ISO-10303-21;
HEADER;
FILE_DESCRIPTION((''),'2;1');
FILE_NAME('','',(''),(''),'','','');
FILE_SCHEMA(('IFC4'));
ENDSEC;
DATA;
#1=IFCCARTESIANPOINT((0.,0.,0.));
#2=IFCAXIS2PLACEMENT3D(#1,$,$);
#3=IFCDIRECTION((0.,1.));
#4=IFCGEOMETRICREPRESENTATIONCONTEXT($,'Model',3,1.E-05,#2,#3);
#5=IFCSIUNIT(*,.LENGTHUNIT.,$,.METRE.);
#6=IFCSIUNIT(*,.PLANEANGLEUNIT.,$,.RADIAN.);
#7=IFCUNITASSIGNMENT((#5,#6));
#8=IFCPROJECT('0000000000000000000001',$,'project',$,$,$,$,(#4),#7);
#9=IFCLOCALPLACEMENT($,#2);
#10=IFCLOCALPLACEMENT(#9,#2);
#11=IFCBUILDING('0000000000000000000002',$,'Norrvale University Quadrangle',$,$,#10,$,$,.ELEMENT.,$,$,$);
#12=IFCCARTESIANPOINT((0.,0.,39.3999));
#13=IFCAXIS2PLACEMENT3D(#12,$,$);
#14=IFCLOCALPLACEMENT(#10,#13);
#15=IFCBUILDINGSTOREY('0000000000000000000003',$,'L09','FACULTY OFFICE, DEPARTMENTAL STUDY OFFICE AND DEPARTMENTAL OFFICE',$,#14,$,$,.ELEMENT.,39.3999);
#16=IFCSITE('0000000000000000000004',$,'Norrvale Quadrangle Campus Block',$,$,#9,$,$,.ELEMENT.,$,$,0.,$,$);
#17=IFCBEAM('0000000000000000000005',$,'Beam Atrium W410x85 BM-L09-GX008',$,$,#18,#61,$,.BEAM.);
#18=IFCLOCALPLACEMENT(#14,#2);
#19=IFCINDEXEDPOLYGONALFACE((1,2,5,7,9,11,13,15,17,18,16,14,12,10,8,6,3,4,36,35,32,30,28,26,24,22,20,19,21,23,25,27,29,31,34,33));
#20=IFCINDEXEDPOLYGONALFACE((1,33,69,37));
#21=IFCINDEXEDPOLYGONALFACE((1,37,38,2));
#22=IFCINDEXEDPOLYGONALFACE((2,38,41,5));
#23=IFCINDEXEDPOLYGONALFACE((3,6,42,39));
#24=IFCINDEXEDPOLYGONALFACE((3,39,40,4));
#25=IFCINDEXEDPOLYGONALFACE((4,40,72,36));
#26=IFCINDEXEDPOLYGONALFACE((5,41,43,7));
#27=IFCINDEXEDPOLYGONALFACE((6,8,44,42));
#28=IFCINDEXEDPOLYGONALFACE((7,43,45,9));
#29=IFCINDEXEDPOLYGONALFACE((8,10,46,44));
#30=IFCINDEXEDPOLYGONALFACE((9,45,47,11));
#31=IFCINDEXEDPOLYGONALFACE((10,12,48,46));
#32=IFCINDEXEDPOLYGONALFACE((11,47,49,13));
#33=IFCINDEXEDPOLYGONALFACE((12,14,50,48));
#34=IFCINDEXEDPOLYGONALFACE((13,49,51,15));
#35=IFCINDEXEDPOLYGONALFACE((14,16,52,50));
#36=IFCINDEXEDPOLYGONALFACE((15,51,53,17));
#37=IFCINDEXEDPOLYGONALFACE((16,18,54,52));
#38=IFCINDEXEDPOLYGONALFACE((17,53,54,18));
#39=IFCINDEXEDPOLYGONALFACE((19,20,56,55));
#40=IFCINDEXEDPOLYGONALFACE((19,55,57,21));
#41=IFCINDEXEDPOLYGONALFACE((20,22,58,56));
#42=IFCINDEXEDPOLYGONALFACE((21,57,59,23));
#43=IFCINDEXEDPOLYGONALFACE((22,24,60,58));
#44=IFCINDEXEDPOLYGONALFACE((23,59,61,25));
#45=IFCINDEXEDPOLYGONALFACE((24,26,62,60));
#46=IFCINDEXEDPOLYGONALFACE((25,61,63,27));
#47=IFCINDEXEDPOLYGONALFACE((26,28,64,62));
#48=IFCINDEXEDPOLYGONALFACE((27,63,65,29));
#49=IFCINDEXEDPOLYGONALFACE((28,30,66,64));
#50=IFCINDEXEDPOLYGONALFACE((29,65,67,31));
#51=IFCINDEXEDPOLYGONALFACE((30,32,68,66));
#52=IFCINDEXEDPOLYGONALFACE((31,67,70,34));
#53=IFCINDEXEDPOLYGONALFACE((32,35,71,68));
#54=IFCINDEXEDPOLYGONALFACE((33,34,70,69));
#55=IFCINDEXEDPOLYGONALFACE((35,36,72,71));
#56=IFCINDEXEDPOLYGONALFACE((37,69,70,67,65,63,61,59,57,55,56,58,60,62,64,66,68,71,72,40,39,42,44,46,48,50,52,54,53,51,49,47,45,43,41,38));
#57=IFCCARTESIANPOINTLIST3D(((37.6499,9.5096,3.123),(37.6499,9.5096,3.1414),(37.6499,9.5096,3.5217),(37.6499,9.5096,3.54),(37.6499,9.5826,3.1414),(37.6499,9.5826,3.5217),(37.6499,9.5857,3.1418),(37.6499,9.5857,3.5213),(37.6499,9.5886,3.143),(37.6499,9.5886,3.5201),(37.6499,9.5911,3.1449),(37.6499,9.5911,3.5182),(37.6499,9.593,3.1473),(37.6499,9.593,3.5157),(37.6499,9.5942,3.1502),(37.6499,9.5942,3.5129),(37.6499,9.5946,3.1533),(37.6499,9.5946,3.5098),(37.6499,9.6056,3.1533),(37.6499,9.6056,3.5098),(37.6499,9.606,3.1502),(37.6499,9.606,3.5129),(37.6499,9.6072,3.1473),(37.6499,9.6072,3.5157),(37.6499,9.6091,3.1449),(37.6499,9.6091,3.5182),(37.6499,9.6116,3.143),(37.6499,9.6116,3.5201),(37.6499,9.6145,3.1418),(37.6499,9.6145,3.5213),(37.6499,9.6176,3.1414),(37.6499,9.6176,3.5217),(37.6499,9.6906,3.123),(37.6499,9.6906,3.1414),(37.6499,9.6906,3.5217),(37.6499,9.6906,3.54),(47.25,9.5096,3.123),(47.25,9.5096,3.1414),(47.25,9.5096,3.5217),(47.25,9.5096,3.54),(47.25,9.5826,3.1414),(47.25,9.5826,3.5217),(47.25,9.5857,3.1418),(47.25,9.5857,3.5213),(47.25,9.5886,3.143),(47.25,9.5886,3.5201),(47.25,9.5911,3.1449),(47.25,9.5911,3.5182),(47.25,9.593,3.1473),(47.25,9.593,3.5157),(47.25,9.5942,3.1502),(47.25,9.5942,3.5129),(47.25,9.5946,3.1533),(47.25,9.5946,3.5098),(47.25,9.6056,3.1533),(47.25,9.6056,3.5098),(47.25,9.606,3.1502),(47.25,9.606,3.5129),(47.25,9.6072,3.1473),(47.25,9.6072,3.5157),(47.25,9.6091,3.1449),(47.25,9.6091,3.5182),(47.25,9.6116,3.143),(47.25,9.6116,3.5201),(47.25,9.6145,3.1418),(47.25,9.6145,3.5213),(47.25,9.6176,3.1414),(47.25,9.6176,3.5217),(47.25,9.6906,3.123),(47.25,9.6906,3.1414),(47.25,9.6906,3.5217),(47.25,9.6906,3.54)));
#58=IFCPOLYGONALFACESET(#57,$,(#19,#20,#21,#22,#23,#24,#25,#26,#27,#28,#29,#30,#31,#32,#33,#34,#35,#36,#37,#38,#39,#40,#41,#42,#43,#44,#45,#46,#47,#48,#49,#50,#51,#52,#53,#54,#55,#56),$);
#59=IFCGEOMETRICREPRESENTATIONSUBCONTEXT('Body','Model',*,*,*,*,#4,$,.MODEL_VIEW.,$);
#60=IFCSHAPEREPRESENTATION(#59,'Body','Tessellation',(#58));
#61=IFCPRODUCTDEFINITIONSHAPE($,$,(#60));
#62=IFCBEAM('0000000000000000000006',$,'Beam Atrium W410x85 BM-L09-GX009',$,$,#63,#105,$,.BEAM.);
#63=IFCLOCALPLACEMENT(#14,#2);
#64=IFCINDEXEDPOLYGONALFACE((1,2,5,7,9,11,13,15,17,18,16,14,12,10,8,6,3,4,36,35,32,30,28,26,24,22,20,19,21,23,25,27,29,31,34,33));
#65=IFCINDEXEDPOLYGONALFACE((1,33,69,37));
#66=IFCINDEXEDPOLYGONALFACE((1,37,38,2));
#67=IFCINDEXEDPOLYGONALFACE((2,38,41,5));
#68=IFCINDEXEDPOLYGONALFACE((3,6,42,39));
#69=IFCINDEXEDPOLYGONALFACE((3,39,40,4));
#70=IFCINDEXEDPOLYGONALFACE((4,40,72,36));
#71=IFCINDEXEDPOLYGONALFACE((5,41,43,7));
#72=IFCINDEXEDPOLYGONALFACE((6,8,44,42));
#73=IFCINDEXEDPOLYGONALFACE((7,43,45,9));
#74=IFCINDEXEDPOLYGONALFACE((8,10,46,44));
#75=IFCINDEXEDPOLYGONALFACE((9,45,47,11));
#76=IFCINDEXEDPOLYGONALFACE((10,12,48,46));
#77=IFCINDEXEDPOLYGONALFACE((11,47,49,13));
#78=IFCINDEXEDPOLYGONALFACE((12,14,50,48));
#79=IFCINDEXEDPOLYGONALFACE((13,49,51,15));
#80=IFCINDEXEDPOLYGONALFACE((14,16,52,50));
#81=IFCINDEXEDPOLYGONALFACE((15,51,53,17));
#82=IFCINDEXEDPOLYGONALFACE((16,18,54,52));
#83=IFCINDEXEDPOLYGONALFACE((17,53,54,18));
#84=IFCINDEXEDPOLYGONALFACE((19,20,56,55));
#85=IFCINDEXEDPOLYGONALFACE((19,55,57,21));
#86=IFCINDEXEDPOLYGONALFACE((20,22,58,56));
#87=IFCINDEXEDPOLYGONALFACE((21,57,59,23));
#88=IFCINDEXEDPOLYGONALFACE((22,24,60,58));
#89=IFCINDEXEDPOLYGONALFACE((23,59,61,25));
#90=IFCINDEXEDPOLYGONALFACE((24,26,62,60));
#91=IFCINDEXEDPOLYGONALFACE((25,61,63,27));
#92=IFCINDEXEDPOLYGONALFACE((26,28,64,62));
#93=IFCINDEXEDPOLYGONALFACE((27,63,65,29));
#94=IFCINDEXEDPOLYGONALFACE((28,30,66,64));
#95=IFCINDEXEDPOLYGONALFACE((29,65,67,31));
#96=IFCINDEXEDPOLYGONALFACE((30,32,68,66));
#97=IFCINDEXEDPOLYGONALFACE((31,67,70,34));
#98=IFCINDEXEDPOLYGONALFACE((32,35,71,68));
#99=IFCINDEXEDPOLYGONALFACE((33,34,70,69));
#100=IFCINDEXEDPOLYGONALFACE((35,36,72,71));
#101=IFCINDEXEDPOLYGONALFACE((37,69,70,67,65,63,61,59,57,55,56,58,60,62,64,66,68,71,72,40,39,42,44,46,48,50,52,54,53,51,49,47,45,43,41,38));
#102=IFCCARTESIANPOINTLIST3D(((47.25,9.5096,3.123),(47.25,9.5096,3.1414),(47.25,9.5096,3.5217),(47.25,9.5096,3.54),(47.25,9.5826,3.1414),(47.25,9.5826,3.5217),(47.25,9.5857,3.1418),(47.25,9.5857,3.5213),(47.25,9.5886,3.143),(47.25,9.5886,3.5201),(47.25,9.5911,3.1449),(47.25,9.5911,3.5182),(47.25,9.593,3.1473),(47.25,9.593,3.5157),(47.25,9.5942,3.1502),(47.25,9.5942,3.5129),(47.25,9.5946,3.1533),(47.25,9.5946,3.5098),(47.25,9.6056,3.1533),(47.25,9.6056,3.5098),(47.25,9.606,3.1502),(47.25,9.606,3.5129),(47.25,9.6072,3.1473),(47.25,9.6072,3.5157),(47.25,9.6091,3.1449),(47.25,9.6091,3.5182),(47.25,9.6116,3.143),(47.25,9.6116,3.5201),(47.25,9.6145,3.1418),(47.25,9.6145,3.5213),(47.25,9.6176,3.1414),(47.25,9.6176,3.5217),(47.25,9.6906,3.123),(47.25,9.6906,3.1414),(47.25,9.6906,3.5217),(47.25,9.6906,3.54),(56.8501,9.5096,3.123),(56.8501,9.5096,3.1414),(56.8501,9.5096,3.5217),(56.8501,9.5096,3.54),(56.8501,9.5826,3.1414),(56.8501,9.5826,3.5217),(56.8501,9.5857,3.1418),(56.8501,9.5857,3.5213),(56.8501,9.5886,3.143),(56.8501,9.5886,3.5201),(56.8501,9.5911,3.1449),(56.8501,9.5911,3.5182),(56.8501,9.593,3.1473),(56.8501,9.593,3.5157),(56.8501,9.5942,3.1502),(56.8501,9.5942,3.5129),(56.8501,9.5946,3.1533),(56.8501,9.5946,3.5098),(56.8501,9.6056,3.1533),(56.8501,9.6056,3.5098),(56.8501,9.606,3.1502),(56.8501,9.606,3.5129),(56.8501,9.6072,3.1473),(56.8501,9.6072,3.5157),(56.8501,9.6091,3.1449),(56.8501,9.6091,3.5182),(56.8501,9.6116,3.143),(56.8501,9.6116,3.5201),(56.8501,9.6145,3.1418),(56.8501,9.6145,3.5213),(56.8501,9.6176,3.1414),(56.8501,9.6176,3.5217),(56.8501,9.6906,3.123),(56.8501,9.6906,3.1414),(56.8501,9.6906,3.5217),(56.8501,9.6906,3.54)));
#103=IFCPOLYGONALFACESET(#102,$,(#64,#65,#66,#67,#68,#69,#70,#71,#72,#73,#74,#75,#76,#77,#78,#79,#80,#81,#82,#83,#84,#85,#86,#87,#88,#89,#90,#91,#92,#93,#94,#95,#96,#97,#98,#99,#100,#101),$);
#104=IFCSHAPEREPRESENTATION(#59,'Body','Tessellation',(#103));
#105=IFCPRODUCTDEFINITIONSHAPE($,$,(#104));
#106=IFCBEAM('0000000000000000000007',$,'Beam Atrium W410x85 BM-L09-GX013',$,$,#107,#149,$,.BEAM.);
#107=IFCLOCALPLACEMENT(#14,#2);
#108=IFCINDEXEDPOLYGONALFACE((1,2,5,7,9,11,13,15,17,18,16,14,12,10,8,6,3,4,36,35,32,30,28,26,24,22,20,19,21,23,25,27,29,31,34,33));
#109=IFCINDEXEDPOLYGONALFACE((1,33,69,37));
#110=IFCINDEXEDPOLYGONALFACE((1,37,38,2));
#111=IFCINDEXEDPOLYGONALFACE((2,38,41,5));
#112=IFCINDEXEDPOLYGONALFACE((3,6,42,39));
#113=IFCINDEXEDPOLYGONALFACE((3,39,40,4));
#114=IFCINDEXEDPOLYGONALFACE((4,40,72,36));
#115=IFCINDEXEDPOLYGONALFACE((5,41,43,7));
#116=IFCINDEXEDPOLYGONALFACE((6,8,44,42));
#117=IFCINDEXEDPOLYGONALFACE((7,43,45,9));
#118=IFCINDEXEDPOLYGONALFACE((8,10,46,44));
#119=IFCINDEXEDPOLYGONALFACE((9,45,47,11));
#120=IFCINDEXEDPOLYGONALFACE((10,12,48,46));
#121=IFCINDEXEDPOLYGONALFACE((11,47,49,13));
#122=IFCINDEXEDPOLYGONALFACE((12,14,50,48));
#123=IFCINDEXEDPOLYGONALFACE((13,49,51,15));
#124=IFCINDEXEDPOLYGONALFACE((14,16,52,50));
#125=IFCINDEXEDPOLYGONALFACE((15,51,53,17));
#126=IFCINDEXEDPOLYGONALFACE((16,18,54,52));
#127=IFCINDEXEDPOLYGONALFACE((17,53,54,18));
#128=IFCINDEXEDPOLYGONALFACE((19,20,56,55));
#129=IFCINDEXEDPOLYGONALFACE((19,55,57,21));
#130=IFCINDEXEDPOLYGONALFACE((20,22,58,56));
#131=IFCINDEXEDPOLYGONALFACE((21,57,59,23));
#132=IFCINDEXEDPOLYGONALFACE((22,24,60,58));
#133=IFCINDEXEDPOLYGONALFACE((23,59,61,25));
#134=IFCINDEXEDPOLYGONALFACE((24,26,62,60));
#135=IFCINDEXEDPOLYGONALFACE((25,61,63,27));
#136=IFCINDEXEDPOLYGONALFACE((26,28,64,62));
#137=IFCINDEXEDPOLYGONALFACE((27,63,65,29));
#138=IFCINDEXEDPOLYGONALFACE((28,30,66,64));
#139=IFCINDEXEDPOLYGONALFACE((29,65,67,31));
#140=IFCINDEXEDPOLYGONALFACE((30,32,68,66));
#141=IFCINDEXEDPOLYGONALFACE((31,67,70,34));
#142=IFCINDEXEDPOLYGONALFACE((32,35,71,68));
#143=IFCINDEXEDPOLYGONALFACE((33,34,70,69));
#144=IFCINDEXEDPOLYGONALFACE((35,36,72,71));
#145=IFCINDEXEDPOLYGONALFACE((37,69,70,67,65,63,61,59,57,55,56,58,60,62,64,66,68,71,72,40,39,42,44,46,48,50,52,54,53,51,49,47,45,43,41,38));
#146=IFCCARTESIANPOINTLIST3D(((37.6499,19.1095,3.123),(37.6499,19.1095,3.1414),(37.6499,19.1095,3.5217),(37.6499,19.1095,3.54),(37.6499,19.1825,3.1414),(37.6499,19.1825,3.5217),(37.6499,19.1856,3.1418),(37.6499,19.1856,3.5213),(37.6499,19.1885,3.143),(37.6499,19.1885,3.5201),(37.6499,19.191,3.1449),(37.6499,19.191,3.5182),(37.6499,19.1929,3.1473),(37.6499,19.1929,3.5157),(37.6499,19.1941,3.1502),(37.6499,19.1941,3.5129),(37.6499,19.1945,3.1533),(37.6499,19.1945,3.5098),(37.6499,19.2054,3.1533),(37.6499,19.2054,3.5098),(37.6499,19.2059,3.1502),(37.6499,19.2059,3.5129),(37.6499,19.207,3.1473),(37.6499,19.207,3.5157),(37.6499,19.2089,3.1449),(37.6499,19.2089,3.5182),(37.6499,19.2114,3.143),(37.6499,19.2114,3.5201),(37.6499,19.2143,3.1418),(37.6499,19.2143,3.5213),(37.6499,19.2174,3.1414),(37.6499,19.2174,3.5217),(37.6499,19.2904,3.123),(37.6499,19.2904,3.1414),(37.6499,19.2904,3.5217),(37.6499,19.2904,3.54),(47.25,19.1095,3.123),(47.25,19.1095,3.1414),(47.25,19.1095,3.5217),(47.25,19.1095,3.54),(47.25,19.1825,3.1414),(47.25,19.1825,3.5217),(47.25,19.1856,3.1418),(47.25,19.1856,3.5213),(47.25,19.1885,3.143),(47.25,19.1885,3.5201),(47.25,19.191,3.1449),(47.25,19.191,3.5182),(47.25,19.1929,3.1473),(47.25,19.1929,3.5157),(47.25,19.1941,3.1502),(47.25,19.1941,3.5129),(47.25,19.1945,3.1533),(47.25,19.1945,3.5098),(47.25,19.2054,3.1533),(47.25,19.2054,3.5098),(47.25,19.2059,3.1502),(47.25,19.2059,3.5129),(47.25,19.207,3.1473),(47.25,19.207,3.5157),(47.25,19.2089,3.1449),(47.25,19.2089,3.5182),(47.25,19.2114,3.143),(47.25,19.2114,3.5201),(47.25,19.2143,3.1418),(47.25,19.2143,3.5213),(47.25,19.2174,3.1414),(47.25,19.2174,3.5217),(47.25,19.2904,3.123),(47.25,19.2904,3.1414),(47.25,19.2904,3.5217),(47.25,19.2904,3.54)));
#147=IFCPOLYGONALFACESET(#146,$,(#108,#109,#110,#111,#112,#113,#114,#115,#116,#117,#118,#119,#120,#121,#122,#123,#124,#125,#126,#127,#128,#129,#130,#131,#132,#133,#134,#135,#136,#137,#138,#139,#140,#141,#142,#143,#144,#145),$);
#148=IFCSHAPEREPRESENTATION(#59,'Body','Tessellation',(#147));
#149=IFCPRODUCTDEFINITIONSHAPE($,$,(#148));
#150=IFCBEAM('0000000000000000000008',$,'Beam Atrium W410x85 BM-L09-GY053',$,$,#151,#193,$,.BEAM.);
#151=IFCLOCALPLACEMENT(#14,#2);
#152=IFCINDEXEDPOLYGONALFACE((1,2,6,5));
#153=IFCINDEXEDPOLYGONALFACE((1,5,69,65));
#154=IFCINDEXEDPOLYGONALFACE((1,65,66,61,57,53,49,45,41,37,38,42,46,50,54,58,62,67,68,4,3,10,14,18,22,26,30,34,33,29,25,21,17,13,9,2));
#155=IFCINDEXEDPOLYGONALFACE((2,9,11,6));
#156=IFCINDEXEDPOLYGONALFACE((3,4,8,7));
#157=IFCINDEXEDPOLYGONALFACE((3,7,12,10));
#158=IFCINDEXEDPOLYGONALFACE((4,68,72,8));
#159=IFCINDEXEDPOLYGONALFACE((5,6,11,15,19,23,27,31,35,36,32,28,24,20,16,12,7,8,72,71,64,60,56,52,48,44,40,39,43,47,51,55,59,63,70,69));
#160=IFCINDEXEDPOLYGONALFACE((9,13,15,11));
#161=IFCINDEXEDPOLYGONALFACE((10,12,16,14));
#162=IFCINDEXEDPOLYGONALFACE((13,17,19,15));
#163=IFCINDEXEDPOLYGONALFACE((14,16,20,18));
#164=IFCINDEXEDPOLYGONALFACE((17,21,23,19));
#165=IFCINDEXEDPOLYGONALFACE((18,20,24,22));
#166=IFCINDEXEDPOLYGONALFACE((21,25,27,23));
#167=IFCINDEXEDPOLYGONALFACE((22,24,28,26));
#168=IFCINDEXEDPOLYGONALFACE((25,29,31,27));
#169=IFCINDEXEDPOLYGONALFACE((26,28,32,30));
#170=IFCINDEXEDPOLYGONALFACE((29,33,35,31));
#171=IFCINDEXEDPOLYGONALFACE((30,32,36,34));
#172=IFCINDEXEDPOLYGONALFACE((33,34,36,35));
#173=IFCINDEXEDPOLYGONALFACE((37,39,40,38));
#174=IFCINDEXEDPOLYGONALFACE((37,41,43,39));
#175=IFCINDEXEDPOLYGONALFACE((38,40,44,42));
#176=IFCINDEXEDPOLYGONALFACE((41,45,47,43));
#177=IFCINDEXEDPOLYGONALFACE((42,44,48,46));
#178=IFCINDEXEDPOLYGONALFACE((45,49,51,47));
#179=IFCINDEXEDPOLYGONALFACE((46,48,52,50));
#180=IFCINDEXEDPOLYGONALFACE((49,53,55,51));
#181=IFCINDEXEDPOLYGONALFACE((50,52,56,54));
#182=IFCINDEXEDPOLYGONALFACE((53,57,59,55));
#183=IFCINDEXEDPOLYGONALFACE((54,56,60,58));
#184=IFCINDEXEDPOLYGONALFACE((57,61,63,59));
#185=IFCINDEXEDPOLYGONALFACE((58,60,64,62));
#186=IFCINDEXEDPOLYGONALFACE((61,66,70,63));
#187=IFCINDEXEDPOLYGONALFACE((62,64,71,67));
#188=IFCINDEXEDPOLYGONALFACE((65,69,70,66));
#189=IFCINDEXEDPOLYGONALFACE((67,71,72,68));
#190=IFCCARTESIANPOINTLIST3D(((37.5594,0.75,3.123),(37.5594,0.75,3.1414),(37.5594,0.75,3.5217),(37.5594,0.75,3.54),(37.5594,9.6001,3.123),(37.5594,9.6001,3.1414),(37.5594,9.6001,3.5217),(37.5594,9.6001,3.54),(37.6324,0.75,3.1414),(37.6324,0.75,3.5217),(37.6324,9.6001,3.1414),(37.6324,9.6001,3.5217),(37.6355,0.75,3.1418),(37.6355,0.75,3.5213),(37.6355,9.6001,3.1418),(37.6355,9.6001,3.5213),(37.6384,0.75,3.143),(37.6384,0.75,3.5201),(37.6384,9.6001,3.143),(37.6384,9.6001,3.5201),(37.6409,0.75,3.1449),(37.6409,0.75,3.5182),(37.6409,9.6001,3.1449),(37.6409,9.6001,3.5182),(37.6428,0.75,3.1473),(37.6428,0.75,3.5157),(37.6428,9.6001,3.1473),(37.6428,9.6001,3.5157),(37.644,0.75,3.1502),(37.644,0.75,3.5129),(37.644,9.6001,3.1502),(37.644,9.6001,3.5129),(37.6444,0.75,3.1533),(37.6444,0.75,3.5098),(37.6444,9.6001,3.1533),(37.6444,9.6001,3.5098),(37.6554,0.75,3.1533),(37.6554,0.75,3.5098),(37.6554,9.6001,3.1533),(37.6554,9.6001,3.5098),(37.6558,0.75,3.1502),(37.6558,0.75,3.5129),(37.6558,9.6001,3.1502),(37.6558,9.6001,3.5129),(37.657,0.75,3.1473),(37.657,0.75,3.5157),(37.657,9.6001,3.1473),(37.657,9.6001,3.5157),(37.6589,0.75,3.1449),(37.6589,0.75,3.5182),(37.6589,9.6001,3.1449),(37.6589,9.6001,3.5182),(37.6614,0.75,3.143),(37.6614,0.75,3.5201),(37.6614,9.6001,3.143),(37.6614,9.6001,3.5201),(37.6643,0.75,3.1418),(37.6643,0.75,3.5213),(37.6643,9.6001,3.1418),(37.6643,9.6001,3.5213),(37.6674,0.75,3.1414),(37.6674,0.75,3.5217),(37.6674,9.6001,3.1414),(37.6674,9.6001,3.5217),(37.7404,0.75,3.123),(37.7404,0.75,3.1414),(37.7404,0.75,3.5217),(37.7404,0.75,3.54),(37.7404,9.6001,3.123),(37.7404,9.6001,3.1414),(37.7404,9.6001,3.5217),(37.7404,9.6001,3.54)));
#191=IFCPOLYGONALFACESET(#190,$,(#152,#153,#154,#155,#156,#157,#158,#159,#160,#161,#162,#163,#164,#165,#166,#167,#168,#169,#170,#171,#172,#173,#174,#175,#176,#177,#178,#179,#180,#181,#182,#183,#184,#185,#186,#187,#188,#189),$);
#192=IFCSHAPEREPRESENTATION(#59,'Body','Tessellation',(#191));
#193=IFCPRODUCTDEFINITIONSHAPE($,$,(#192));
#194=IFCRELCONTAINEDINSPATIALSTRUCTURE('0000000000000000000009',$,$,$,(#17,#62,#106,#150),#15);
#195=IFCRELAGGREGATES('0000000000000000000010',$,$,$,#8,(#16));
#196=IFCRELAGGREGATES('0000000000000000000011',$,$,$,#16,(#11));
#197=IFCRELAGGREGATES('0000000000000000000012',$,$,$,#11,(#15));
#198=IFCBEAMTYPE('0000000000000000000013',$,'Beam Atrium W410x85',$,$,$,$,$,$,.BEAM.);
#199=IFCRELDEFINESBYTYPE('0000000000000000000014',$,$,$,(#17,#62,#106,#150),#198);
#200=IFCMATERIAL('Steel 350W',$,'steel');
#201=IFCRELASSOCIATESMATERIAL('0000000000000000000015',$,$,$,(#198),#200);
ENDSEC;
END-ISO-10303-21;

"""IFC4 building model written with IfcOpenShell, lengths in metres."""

from ifc_helpers import new_model, si_unit, direction, frame, origin, origin_2d, place, context, subcontext, project, spatial, i_section, extrude, material, material_profile, profile_set, type_object, element, save


model = new_model("IFC4")

# Units and contexts
model_context = context("Model", 3, precision=1e-05, world=origin(), true_north=direction((0.0, 1.0)))
body_context = subcontext(model_context, "Body", "Model", "MODEL_VIEW")
ifc_project = project(units=[si_unit("LENGTHUNIT", "METRE"), si_unit("PLANEANGLEUNIT", "RADIAN")], contexts=[model_context])

# Site, building, storey
site_placement = place(None, origin())
site = spatial("IfcSite", under=ifc_project, at=site_placement, Name="Norrvale Quadrangle Campus Block", CompositionType="ELEMENT", RefElevation=0.0)
building_placement = place(site_placement, origin())
building = spatial("IfcBuilding", under=site, at=building_placement, Name="Norrvale University Quadrangle", CompositionType="ELEMENT")
storey_placement = place(building_placement, frame((0.0, 0.0, 39.3999)))
storey = spatial("IfcBuildingStorey", under=building, at=storey_placement, Name="L09", Description="FACULTY OFFICE, DEPARTMENTAL STUDY OFFICE AND DEPARTMENTAL OFFICE", CompositionType="ELEMENT", Elevation=39.3999)

# Beams
ifc_material_1 = material(Name="Steel 350W", Category="steel")
ifc_material_profile_1 = material_profile(ifc_material_1, i_section(OverallWidth=0.1809, OverallDepth=0.417, WebThickness=0.011, FlangeThickness=0.0183, FilletRadius=0.012, at=origin_2d()), Name="Steel 350W")
ifc_profile_set_1 = profile_set([ifc_material_profile_1], Name="Steel 350W")
beam_type_1 = type_object("IfcBeamType", Name="Beam Atrium W410x85", PredefinedType="BEAM", material=ifc_profile_set_1)
for number, where, z_axis, x_axis, name in (
    (1, (37.6499, 9.6001, 3.3315), (1.0, 0.0, 0.0), (0.0, 1.0, 0.0), "Beam Atrium W410x85 BM-L09-GX008"),
    (2, (47.25, 9.6001, 3.3315), (1.0, 0.0, 0.0), (0.0, 1.0, 0.0), "Beam Atrium W410x85 BM-L09-GX009"),
    (3, (37.6499, 19.2, 3.3315), (1.0, 0.0, 0.0), (0.0, 1.0, 0.0), "Beam Atrium W410x85 BM-L09-GX013"),
):
    element("IfcBeam", number, at=place(storey_placement, frame(where, z_axis=z_axis, x_axis=x_axis)), inside=storey, type_object=beam_type_1, Name=name, PredefinedType="BEAM", context=body_context, shape_type="SweptSolid", body=[
        extrude(i_section(OverallWidth=0.1809, OverallDepth=0.417, WebThickness=0.011, FlangeThickness=0.0183, FilletRadius=0.012, at=origin_2d()), origin(), (0.0, 0.0, 1.0), 9.6001),
    ])
beam_1_placement = place(storey_placement, frame((37.6499, 0.75, 3.3315), z_axis=(0.0, 1.0, 0.0), x_axis=(-1.0, 0.0, 0.0)))
element("IfcBeam", 4, at=beam_1_placement, inside=storey, type_object=beam_type_1, Name="Beam Atrium W410x85 BM-L09-GY053", PredefinedType="BEAM", context=body_context, shape_type="SweptSolid", body=[
    extrude(i_section(OverallWidth=0.1809, OverallDepth=0.417, WebThickness=0.011, FlangeThickness=0.0183, FilletRadius=0.012, at=origin_2d()), origin(), (0.0, 0.0, 1.0), 8.8501),
])

save(model, "model.ifc")
